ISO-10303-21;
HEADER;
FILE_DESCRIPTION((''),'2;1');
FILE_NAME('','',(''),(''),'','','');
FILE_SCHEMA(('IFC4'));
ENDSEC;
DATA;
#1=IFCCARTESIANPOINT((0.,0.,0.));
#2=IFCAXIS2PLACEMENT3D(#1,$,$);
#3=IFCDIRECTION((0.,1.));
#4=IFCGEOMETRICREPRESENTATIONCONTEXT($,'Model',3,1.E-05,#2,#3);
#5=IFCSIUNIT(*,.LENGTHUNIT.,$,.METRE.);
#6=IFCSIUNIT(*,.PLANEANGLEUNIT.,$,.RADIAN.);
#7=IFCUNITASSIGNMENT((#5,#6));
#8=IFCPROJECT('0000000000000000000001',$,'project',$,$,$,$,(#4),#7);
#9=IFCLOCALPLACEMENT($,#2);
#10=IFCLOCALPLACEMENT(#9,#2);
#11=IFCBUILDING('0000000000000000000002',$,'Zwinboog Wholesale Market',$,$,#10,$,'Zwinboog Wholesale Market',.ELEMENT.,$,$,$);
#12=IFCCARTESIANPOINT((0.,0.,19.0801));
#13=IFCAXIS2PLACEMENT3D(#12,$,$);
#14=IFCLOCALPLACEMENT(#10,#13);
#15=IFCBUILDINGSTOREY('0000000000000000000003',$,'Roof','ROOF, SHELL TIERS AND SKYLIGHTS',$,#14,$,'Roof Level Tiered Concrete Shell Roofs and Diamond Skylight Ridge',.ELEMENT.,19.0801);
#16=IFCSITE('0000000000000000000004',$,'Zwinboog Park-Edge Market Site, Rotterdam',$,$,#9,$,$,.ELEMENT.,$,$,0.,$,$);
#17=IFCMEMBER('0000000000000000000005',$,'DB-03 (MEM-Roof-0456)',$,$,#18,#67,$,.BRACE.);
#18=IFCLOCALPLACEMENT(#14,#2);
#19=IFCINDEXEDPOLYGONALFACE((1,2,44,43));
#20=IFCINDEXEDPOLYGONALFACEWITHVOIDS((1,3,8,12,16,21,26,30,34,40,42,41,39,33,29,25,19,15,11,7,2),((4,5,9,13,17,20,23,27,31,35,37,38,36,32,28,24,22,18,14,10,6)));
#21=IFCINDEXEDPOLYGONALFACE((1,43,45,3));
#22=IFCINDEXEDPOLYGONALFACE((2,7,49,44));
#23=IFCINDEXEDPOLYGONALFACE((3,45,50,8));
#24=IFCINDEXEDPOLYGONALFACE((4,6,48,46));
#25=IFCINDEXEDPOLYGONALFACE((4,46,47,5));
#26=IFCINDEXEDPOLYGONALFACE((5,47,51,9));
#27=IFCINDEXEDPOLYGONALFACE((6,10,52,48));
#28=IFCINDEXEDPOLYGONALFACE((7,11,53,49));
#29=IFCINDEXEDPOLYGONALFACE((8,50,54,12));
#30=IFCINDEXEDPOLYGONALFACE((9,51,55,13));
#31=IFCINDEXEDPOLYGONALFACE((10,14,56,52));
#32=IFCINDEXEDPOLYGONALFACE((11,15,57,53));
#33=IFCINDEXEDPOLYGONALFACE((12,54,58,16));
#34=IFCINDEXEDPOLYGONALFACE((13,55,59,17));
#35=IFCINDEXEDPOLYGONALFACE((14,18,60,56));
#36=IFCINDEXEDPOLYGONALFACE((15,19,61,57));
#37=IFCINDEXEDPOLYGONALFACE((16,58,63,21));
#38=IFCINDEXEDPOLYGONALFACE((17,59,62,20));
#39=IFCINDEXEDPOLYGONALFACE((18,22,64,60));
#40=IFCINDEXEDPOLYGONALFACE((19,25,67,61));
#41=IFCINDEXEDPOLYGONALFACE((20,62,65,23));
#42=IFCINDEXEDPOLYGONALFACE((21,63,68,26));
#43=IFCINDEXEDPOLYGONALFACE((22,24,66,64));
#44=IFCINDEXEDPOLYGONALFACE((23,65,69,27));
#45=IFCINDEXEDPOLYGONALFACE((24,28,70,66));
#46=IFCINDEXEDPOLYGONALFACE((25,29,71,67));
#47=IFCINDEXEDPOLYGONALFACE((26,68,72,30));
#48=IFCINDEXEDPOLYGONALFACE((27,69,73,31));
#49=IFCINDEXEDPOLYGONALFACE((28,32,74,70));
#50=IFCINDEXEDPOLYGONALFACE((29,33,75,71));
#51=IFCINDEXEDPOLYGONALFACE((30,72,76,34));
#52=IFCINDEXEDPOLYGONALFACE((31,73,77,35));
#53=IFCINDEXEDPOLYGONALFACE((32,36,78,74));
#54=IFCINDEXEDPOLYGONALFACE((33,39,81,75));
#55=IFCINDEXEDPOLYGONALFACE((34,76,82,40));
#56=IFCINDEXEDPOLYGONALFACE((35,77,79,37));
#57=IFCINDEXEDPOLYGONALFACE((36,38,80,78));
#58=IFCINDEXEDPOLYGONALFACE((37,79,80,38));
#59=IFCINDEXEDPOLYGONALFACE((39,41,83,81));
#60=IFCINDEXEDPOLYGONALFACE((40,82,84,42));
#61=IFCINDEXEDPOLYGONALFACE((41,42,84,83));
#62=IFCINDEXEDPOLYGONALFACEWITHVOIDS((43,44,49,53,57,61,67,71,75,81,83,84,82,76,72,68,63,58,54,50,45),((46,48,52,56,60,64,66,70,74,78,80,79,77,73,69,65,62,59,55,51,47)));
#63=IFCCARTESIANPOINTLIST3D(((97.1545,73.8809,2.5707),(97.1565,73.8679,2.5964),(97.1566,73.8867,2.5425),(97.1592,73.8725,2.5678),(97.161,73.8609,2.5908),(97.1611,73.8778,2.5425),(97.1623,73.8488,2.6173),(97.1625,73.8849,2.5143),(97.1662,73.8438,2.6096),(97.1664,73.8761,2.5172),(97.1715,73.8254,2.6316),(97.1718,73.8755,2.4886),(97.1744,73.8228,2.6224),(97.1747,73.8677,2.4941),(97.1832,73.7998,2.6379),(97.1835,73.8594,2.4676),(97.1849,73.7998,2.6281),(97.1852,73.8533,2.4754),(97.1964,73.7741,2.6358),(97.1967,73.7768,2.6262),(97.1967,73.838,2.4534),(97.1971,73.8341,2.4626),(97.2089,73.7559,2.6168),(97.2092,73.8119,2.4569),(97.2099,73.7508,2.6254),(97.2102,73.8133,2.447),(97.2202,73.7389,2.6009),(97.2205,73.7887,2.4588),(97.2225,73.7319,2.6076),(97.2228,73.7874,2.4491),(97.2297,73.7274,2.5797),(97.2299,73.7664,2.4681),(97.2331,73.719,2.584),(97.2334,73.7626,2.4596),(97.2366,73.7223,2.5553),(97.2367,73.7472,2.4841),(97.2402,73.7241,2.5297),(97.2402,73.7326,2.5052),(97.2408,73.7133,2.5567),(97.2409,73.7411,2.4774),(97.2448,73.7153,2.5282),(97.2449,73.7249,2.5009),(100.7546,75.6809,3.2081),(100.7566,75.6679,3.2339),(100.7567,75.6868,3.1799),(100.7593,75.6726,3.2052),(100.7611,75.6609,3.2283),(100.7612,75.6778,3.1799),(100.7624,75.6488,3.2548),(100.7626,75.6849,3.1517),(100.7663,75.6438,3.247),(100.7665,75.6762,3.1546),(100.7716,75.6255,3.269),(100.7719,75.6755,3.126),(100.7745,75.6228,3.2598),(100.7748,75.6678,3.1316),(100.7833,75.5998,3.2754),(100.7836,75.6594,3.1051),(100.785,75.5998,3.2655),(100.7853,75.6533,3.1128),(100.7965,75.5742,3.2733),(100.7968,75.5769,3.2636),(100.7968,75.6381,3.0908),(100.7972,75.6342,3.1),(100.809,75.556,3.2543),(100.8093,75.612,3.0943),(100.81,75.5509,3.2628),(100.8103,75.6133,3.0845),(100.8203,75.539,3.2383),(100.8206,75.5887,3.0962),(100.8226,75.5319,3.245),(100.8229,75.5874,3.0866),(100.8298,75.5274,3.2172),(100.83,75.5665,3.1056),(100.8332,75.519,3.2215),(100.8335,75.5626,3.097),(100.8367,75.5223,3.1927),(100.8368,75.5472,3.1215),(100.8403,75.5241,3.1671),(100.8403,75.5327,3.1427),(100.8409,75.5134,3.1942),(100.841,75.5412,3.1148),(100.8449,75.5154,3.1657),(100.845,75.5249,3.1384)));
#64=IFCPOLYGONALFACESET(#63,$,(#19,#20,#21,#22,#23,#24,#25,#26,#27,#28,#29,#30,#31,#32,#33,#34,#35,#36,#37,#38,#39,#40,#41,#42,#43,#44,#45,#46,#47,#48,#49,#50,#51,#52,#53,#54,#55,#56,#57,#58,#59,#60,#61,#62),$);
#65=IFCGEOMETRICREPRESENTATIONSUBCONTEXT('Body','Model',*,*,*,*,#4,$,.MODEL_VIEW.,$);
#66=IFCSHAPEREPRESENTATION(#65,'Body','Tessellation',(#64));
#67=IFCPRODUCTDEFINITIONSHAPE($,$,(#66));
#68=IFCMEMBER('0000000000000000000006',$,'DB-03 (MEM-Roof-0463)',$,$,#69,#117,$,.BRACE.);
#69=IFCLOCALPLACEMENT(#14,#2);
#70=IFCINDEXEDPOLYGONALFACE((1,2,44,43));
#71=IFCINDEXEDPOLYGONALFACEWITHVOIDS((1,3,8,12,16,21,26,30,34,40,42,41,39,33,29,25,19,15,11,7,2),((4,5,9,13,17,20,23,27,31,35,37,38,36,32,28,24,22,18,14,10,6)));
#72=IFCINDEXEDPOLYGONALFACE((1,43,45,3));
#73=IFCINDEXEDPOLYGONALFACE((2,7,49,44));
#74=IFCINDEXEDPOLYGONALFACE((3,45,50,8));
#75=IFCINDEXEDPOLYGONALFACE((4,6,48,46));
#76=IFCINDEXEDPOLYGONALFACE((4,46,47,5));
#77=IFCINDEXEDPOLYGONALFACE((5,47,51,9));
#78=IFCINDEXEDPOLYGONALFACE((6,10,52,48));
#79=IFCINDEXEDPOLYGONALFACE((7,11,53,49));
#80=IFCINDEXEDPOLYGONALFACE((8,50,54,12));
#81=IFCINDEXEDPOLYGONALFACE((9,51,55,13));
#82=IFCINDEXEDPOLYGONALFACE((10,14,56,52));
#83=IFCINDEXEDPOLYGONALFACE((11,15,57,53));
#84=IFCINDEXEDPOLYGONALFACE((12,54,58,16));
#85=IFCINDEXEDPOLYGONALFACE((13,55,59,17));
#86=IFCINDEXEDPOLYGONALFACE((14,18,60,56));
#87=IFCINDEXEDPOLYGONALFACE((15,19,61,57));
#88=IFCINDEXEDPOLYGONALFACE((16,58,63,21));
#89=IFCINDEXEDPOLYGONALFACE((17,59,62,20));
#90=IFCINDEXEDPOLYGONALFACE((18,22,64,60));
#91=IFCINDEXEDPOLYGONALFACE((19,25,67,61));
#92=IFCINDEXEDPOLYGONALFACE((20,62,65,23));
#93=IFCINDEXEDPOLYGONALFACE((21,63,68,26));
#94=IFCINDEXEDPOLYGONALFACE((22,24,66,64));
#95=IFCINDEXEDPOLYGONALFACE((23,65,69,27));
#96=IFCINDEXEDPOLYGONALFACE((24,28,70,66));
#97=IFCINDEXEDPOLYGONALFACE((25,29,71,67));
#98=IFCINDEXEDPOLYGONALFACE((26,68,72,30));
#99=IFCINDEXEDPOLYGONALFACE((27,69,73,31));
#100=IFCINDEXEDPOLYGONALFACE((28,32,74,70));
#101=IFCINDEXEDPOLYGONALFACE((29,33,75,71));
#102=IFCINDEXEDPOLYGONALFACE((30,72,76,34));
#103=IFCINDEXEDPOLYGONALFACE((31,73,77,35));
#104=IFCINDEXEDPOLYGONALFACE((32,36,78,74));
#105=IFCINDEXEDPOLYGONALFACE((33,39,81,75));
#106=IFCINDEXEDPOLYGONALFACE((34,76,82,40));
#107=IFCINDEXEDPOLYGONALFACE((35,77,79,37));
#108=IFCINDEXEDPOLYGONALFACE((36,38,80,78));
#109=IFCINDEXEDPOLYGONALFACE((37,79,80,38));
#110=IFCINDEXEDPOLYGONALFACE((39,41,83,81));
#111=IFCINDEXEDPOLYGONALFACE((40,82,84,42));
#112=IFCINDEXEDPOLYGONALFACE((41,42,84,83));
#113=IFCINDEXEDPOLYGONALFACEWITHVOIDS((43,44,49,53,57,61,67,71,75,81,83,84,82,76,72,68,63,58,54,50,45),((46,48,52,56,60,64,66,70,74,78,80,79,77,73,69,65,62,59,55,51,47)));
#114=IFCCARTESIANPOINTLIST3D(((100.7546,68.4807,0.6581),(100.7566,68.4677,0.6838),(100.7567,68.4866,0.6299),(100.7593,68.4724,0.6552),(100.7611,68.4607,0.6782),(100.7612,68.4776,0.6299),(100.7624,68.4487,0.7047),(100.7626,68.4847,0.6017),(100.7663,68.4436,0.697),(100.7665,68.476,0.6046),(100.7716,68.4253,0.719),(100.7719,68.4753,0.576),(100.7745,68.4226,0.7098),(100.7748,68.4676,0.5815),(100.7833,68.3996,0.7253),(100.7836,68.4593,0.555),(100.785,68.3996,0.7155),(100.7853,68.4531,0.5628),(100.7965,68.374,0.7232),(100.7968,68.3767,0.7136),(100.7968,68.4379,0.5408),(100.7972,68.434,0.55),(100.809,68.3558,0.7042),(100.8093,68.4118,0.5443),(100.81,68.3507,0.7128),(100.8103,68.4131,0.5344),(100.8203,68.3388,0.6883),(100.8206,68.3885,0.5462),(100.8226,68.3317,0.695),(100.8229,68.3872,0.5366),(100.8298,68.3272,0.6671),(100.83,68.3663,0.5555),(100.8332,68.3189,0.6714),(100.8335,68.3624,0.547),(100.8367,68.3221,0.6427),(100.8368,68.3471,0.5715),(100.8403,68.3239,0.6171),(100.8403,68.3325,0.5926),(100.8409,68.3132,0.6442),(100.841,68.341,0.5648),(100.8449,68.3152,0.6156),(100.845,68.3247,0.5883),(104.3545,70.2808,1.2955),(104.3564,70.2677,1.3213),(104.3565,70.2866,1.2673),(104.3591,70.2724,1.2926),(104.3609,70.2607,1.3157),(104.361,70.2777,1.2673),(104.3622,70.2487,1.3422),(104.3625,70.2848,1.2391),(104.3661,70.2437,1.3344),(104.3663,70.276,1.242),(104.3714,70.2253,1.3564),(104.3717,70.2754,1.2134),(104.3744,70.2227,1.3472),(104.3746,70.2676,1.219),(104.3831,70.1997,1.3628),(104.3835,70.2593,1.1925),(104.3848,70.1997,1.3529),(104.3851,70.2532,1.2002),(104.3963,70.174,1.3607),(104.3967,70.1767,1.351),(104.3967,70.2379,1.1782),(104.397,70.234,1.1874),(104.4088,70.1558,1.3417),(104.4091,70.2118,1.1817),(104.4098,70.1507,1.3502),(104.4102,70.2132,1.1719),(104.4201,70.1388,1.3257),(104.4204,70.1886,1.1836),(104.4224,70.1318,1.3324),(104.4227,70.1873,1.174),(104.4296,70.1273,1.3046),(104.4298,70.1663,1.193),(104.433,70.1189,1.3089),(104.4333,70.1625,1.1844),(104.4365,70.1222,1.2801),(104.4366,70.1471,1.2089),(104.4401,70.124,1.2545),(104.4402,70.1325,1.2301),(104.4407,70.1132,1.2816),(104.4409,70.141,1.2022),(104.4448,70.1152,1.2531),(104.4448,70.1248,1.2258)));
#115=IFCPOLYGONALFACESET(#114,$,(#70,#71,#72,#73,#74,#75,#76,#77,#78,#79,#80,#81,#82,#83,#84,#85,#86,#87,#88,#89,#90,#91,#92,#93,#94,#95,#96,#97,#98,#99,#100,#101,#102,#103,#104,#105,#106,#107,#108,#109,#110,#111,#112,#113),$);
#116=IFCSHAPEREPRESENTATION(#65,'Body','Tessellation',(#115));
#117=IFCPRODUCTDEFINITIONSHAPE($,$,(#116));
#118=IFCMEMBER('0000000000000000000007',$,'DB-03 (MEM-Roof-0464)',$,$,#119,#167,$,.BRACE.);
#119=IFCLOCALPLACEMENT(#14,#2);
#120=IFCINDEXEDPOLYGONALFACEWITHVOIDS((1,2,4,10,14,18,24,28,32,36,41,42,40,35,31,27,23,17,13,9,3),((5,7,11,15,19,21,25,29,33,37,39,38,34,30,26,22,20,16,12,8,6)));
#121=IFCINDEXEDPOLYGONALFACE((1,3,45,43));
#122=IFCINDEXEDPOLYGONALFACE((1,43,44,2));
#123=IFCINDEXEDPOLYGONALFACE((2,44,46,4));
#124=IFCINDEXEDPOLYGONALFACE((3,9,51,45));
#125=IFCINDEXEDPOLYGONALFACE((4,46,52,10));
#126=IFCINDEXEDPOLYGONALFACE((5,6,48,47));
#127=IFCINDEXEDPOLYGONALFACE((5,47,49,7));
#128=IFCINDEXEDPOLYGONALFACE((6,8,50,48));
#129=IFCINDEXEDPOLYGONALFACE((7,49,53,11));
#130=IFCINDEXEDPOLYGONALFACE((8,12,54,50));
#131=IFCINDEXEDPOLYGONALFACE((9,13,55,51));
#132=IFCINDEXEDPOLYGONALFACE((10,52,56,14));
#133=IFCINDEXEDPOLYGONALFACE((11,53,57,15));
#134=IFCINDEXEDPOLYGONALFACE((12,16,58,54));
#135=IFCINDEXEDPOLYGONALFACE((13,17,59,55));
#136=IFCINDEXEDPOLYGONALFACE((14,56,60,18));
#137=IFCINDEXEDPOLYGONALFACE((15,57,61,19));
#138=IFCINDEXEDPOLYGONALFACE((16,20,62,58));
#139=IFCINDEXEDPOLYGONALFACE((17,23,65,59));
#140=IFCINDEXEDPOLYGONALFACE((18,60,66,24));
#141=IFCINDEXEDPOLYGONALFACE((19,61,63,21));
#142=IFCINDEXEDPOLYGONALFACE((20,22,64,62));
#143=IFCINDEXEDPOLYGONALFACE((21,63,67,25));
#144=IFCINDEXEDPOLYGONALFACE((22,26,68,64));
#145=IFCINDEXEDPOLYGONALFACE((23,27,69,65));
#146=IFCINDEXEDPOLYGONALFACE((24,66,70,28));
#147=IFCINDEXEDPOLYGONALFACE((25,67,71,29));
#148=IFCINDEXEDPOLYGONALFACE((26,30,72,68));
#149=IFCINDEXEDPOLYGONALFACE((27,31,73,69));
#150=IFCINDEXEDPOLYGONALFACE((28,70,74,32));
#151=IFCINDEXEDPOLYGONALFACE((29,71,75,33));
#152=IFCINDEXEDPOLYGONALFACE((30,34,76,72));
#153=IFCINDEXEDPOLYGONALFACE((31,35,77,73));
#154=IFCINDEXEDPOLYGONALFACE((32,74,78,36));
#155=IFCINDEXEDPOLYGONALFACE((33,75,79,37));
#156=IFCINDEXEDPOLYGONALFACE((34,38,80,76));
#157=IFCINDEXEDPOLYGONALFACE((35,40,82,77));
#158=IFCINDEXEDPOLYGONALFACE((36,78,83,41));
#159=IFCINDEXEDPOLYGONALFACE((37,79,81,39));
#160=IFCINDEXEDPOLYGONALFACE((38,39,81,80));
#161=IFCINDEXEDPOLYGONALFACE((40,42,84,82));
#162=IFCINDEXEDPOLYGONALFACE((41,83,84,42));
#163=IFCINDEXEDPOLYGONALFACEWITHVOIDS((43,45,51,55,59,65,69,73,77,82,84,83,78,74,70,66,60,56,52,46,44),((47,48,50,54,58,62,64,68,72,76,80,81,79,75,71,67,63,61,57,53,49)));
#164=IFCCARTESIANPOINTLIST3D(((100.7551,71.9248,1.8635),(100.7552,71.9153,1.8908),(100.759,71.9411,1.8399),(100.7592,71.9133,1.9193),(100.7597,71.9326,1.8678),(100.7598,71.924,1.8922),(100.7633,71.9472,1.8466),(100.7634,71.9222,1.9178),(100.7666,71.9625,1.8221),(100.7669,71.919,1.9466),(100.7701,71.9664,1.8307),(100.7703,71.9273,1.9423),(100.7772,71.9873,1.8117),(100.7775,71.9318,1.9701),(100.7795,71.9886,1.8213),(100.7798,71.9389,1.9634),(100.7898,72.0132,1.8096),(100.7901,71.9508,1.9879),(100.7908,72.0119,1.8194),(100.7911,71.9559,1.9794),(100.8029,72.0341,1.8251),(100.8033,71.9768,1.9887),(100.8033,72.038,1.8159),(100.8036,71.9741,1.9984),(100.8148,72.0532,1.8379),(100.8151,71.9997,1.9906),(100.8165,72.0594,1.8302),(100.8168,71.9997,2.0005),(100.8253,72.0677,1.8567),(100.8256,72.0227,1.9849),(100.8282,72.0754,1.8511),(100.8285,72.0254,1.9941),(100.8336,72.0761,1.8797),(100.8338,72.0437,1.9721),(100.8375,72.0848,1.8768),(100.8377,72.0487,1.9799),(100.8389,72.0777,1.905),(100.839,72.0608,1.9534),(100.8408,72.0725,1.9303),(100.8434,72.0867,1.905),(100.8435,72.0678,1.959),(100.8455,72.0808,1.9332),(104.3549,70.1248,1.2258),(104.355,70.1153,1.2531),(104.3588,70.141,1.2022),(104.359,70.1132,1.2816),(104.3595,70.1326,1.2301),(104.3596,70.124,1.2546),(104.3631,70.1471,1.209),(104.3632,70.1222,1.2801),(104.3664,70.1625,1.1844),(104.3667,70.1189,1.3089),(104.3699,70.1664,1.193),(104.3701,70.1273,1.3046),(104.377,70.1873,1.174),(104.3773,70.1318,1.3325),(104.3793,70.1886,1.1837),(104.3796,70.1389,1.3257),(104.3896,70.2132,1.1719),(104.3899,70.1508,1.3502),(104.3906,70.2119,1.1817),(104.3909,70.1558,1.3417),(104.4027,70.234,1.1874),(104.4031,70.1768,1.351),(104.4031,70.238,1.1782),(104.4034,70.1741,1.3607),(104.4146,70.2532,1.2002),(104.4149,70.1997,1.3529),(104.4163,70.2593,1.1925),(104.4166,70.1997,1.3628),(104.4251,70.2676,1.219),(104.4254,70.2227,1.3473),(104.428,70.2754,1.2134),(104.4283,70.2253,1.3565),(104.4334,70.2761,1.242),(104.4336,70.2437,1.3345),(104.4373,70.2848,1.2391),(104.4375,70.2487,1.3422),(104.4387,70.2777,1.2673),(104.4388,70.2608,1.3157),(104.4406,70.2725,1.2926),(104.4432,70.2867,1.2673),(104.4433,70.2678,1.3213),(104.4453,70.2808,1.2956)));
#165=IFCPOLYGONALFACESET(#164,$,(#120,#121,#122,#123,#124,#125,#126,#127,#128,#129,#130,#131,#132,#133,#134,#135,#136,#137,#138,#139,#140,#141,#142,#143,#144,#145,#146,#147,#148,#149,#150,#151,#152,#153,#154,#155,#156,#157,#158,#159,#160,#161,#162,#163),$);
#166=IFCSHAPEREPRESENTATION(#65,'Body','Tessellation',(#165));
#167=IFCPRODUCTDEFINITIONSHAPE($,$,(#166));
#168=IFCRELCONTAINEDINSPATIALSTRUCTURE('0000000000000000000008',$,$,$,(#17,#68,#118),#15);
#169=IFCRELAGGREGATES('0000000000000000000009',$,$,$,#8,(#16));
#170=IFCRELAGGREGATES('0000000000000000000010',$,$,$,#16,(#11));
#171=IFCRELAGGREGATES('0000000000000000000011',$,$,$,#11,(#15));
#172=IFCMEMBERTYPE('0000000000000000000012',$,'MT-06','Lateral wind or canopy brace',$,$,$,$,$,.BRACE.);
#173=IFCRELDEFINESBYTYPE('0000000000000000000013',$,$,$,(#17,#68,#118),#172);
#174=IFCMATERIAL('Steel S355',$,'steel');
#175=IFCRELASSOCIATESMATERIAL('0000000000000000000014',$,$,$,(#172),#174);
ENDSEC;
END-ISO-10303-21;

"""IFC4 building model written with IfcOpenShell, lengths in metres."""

from ifc_helpers import new_model, si_unit, direction, frame, origin, origin_2d, place, context, subcontext, project, spatial, hollow_circle, extrude, material, material_profile, profile_set, type_object, element, save


model = new_model("IFC4")

# Units and contexts
model_context = context("Model", 3, precision=1e-05, world=origin(), true_north=direction((0.0, 1.0)))
body_context = subcontext(model_context, "Body", "Model", "MODEL_VIEW")
ifc_project = project(units=[si_unit("LENGTHUNIT", "METRE"), si_unit("PLANEANGLEUNIT", "RADIAN")], contexts=[model_context])

# Site, building, storey
site_placement = place(None, origin())
site = spatial("IfcSite", under=ifc_project, at=site_placement, Name="Zwinboog Park-Edge Market Site, Rotterdam", CompositionType="ELEMENT", RefElevation=0.0)
building_placement = place(site_placement, origin())
building = spatial("IfcBuilding", under=site, at=building_placement, Name="Zwinboog Wholesale Market", LongName="Zwinboog Wholesale Market", CompositionType="ELEMENT")
storey_placement = place(building_placement, frame((0.0, 0.0, 19.0801)))
storey = spatial("IfcBuildingStorey", under=building, at=storey_placement, Name="Roof", Description="ROOF, SHELL TIERS AND SKYLIGHTS", LongName="Roof Level Tiered Concrete Shell Roofs and Diamond Skylight Ridge", CompositionType="ELEMENT", Elevation=19.0801)

# Members
ifc_material_1 = material(Name="Steel S355", Category="steel")
ifc_material_profile_1 = material_profile(ifc_material_1, hollow_circle(Radius=0.0969, WallThickness=0.01, at=origin_2d()), Name="CHS 193.7x10")
ifc_profile_set_1 = profile_set([ifc_material_profile_1], Name="Steel S355")
member_type_1 = type_object("IfcMemberType", Name="MT-06", Description="Lateral wind or canopy brace", PredefinedType="BRACE", material=ifc_profile_set_1)
for number, where, z_axis, x_axis, name in (
    (1, (97.2, 73.8, 2.5425), (0.883417, 0.441709, 0.156422), (-0.447214, 0.894427, 0.0), "DB-03 (MEM-Roof-0456)"),
):
    element("IfcMember", number, at=place(storey_placement, frame(where, z_axis=z_axis, x_axis=x_axis)), inside=storey, type_object=member_type_1, Name=name, PredefinedType="BRACE", context=body_context, shape_type="SweptSolid", body=[
        extrude(hollow_circle(Radius=0.0969, WallThickness=0.01, at=origin_2d()), origin(), (0.0, 0.0, 1.0), 4.0752),
    ])
for number, where, z_axis, x_axis, name in (
    (2, (100.8, 68.3999, 0.6299), (0.883404, 0.441732, 0.15643), (-0.447238, 0.894415, 0.0), "DB-03 (MEM-Roof-0463)"),
    (3, (100.8, 72.0, 1.905), (0.883396, -0.441728, -0.156489), (0.447238, 0.894415, 0.0), "DB-03 (MEM-Roof-0464)"),
):
    element("IfcMember", number, at=place(storey_placement, frame(where, z_axis=z_axis, x_axis=x_axis)), inside=storey, type_object=member_type_1, Name=name, PredefinedType="BRACE", context=body_context, shape_type="SweptSolid", body=[
        extrude(hollow_circle(Radius=0.0969, WallThickness=0.01, at=origin_2d()), origin(), (0.0, 0.0, 1.0), 4.075),
    ])

save(model, "model.ifc")
